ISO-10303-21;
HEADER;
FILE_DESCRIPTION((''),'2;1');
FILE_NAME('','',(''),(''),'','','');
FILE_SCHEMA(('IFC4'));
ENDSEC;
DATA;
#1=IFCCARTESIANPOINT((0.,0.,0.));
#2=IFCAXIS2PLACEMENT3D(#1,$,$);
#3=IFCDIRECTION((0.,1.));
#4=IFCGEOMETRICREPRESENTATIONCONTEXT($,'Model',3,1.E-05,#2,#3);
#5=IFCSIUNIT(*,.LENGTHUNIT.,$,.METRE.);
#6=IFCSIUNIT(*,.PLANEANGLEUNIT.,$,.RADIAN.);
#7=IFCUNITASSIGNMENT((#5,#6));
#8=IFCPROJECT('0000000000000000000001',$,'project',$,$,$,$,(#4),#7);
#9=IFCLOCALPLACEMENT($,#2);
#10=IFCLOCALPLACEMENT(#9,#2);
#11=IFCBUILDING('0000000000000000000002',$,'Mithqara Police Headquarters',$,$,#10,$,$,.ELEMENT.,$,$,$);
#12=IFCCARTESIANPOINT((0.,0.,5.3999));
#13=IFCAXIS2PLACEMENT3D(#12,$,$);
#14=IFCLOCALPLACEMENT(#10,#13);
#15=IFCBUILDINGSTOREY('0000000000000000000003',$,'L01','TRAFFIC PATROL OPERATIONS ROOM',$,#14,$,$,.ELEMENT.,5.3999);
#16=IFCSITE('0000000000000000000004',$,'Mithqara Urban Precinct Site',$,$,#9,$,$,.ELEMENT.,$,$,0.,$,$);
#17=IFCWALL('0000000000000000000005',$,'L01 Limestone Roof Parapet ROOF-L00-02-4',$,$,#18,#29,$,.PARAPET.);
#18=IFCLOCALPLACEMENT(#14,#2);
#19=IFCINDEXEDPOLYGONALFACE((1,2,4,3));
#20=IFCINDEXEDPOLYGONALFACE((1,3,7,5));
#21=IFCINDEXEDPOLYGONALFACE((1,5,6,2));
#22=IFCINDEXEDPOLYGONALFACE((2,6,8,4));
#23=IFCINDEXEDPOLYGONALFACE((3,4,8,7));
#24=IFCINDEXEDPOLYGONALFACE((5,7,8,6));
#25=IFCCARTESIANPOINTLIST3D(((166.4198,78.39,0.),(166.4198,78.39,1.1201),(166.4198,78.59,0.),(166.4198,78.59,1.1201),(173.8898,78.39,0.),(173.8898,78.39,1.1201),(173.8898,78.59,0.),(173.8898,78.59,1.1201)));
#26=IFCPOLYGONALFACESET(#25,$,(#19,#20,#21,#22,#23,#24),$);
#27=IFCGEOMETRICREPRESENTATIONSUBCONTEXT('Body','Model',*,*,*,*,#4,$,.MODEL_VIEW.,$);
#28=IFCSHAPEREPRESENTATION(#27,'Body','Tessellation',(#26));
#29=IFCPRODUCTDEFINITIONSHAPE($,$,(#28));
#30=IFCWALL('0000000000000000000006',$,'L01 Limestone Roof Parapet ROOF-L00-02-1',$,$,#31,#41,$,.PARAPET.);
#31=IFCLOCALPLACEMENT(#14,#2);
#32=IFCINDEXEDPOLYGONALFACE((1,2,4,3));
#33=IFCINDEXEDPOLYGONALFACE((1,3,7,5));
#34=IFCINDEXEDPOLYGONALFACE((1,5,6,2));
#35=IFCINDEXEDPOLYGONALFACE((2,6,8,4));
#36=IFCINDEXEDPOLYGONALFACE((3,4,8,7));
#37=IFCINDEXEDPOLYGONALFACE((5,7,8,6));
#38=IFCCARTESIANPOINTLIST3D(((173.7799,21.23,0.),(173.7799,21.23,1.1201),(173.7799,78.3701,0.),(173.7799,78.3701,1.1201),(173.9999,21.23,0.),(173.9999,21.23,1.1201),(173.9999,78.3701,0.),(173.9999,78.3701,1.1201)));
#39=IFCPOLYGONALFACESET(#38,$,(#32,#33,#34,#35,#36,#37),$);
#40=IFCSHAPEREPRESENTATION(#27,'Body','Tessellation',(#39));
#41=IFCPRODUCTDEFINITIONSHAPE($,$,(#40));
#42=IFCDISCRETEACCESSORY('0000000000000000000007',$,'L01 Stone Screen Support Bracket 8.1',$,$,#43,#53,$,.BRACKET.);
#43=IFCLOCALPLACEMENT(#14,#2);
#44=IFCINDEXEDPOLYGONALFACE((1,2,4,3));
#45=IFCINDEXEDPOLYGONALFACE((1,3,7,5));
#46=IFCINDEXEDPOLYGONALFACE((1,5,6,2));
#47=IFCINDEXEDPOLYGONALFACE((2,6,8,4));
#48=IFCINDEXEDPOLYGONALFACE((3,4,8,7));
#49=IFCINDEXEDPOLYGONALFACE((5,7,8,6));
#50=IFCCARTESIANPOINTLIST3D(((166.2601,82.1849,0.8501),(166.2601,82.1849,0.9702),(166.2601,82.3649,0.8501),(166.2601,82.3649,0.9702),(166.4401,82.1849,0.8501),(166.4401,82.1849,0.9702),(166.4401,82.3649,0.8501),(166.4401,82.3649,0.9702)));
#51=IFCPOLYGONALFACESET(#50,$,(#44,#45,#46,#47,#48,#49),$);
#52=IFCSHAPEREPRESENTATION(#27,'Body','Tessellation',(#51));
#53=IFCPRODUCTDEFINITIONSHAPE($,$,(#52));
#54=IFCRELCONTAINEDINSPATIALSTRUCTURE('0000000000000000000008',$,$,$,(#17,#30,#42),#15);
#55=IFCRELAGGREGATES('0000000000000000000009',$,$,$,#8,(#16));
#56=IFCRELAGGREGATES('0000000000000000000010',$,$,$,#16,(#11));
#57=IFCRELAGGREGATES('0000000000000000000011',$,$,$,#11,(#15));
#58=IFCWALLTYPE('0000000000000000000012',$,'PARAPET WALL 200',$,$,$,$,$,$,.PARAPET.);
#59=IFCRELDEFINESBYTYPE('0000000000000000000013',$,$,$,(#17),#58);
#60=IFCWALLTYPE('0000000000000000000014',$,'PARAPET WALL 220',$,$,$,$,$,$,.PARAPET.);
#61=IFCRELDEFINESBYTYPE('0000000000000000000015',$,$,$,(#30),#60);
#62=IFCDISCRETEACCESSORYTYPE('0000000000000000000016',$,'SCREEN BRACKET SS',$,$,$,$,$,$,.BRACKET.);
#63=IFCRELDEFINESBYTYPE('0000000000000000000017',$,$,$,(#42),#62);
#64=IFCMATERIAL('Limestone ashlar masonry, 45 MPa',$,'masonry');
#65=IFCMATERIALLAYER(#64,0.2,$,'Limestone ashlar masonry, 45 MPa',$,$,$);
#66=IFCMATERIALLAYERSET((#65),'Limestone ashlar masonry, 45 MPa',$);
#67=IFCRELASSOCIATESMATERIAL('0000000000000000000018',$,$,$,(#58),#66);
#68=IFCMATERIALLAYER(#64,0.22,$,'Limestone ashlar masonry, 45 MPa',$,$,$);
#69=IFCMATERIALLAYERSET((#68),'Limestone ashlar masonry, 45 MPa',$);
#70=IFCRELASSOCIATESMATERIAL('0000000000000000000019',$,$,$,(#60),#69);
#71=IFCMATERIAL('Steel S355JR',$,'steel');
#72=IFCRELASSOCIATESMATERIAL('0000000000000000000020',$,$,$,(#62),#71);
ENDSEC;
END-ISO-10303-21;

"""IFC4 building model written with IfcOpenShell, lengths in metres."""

from ifc_helpers import new_model, si_unit, direction, frame, frame_2d, origin, origin_2d, place, context, subcontext, project, spatial, rectangle, extrude, material, layer, layer_set, type_object, element, save


model = new_model("IFC4")

# Units and contexts
model_context = context("Model", 3, precision=1e-05, world=origin(), true_north=direction((0.0, 1.0)))
body_context = subcontext(model_context, "Body", "Model", "MODEL_VIEW")
ifc_project = project(units=[si_unit("LENGTHUNIT", "METRE"), si_unit("PLANEANGLEUNIT", "RADIAN")], contexts=[model_context])

# Site, building, storey
site_placement = place(None, origin())
site = spatial("IfcSite", under=ifc_project, at=site_placement, Name="Mithqara Urban Precinct Site", CompositionType="ELEMENT", RefElevation=0.0)
building_placement = place(site_placement, origin())
building = spatial("IfcBuilding", under=site, at=building_placement, Name="Mithqara Police Headquarters", CompositionType="ELEMENT")
storey_placement = place(building_placement, frame((0.0, 0.0, 5.3999)))
storey = spatial("IfcBuildingStorey", under=building, at=storey_placement, Name="L01", Description="TRAFFIC PATROL OPERATIONS ROOM", CompositionType="ELEMENT", Elevation=5.3999)

# Shared definitions
ifc_material_1 = material(Name="Limestone ashlar masonry, 45 MPa", Category="masonry")

# Walls
ifc_layer_1 = layer(ifc_material_1, 0.2, Name="Limestone ashlar masonry, 45 MPa")
ifc_layer_set_1 = layer_set([ifc_layer_1], Name="Limestone ashlar masonry, 45 MPa")
wall_type_1 = type_object("IfcWallType", Name="PARAPET WALL 200", PredefinedType="PARAPET", material=ifc_layer_set_1)
wall_1_placement = place(storey_placement, frame((166.4199, 78.49, 0.0), z_axis=(0.0, 0.0, 1.0), x_axis=(1.0, 0.0, 0.0)))
element("IfcWall", 1, at=wall_1_placement, inside=storey, type_object=wall_type_1, Name="L01 Limestone Roof Parapet ROOF-L00-02-4", PredefinedType="PARAPET", context=body_context, shape_type="SweptSolid", body=[
    extrude(rectangle(XDim=7.47, YDim=0.2, at=frame_2d((3.7349, 0.0))), origin(), (0.0, 0.0, 1.0), 1.1201),
])
ifc_layer_2 = layer(ifc_material_1, 0.22, Name="Limestone ashlar masonry, 45 MPa")
ifc_layer_set_2 = layer_set([ifc_layer_2], Name="Limestone ashlar masonry, 45 MPa")
wall_type_2 = type_object("IfcWallType", Name="PARAPET WALL 220", PredefinedType="PARAPET", material=ifc_layer_set_2)
wall_2_placement = place(storey_placement, frame((173.8899, 78.3701, 0.0), z_axis=(0.0, 0.0, 1.0), x_axis=(0.0, -1.0, 0.0)))
element("IfcWall", 2, at=wall_2_placement, inside=storey, type_object=wall_type_2, Name="L01 Limestone Roof Parapet ROOF-L00-02-1", PredefinedType="PARAPET", context=body_context, shape_type="SweptSolid", body=[
    extrude(rectangle(XDim=57.1401, YDim=0.22, at=frame_2d((28.5701, 0.0))), origin(), (0.0, 0.0, 1.0), 1.1201),
])

# Discrete accessory
ifc_material_2 = material(Name="Steel S355JR", Category="steel")
discrete_accessory_type = type_object("IfcDiscreteAccessoryType", Name="SCREEN BRACKET SS", PredefinedType="BRACKET", material=ifc_material_2)
discrete_accessory_placement = place(storey_placement, frame((166.3501, 82.2749, 0.8501), z_axis=(0.0, 0.0, 1.0), x_axis=(0.0, 1.0, 0.0)))
element("IfcDiscreteAccessory", 3, at=discrete_accessory_placement, inside=storey, type_object=discrete_accessory_type, Name="L01 Stone Screen Support Bracket 8.1", PredefinedType="BRACKET", context=body_context, shape_type="SweptSolid", body=[
    extrude(rectangle(XDim=0.1799, YDim=0.1799, at=origin_2d()), origin(), (0.0, 0.0, 1.0), 0.1201),
])

save(model, "model.ifc")
